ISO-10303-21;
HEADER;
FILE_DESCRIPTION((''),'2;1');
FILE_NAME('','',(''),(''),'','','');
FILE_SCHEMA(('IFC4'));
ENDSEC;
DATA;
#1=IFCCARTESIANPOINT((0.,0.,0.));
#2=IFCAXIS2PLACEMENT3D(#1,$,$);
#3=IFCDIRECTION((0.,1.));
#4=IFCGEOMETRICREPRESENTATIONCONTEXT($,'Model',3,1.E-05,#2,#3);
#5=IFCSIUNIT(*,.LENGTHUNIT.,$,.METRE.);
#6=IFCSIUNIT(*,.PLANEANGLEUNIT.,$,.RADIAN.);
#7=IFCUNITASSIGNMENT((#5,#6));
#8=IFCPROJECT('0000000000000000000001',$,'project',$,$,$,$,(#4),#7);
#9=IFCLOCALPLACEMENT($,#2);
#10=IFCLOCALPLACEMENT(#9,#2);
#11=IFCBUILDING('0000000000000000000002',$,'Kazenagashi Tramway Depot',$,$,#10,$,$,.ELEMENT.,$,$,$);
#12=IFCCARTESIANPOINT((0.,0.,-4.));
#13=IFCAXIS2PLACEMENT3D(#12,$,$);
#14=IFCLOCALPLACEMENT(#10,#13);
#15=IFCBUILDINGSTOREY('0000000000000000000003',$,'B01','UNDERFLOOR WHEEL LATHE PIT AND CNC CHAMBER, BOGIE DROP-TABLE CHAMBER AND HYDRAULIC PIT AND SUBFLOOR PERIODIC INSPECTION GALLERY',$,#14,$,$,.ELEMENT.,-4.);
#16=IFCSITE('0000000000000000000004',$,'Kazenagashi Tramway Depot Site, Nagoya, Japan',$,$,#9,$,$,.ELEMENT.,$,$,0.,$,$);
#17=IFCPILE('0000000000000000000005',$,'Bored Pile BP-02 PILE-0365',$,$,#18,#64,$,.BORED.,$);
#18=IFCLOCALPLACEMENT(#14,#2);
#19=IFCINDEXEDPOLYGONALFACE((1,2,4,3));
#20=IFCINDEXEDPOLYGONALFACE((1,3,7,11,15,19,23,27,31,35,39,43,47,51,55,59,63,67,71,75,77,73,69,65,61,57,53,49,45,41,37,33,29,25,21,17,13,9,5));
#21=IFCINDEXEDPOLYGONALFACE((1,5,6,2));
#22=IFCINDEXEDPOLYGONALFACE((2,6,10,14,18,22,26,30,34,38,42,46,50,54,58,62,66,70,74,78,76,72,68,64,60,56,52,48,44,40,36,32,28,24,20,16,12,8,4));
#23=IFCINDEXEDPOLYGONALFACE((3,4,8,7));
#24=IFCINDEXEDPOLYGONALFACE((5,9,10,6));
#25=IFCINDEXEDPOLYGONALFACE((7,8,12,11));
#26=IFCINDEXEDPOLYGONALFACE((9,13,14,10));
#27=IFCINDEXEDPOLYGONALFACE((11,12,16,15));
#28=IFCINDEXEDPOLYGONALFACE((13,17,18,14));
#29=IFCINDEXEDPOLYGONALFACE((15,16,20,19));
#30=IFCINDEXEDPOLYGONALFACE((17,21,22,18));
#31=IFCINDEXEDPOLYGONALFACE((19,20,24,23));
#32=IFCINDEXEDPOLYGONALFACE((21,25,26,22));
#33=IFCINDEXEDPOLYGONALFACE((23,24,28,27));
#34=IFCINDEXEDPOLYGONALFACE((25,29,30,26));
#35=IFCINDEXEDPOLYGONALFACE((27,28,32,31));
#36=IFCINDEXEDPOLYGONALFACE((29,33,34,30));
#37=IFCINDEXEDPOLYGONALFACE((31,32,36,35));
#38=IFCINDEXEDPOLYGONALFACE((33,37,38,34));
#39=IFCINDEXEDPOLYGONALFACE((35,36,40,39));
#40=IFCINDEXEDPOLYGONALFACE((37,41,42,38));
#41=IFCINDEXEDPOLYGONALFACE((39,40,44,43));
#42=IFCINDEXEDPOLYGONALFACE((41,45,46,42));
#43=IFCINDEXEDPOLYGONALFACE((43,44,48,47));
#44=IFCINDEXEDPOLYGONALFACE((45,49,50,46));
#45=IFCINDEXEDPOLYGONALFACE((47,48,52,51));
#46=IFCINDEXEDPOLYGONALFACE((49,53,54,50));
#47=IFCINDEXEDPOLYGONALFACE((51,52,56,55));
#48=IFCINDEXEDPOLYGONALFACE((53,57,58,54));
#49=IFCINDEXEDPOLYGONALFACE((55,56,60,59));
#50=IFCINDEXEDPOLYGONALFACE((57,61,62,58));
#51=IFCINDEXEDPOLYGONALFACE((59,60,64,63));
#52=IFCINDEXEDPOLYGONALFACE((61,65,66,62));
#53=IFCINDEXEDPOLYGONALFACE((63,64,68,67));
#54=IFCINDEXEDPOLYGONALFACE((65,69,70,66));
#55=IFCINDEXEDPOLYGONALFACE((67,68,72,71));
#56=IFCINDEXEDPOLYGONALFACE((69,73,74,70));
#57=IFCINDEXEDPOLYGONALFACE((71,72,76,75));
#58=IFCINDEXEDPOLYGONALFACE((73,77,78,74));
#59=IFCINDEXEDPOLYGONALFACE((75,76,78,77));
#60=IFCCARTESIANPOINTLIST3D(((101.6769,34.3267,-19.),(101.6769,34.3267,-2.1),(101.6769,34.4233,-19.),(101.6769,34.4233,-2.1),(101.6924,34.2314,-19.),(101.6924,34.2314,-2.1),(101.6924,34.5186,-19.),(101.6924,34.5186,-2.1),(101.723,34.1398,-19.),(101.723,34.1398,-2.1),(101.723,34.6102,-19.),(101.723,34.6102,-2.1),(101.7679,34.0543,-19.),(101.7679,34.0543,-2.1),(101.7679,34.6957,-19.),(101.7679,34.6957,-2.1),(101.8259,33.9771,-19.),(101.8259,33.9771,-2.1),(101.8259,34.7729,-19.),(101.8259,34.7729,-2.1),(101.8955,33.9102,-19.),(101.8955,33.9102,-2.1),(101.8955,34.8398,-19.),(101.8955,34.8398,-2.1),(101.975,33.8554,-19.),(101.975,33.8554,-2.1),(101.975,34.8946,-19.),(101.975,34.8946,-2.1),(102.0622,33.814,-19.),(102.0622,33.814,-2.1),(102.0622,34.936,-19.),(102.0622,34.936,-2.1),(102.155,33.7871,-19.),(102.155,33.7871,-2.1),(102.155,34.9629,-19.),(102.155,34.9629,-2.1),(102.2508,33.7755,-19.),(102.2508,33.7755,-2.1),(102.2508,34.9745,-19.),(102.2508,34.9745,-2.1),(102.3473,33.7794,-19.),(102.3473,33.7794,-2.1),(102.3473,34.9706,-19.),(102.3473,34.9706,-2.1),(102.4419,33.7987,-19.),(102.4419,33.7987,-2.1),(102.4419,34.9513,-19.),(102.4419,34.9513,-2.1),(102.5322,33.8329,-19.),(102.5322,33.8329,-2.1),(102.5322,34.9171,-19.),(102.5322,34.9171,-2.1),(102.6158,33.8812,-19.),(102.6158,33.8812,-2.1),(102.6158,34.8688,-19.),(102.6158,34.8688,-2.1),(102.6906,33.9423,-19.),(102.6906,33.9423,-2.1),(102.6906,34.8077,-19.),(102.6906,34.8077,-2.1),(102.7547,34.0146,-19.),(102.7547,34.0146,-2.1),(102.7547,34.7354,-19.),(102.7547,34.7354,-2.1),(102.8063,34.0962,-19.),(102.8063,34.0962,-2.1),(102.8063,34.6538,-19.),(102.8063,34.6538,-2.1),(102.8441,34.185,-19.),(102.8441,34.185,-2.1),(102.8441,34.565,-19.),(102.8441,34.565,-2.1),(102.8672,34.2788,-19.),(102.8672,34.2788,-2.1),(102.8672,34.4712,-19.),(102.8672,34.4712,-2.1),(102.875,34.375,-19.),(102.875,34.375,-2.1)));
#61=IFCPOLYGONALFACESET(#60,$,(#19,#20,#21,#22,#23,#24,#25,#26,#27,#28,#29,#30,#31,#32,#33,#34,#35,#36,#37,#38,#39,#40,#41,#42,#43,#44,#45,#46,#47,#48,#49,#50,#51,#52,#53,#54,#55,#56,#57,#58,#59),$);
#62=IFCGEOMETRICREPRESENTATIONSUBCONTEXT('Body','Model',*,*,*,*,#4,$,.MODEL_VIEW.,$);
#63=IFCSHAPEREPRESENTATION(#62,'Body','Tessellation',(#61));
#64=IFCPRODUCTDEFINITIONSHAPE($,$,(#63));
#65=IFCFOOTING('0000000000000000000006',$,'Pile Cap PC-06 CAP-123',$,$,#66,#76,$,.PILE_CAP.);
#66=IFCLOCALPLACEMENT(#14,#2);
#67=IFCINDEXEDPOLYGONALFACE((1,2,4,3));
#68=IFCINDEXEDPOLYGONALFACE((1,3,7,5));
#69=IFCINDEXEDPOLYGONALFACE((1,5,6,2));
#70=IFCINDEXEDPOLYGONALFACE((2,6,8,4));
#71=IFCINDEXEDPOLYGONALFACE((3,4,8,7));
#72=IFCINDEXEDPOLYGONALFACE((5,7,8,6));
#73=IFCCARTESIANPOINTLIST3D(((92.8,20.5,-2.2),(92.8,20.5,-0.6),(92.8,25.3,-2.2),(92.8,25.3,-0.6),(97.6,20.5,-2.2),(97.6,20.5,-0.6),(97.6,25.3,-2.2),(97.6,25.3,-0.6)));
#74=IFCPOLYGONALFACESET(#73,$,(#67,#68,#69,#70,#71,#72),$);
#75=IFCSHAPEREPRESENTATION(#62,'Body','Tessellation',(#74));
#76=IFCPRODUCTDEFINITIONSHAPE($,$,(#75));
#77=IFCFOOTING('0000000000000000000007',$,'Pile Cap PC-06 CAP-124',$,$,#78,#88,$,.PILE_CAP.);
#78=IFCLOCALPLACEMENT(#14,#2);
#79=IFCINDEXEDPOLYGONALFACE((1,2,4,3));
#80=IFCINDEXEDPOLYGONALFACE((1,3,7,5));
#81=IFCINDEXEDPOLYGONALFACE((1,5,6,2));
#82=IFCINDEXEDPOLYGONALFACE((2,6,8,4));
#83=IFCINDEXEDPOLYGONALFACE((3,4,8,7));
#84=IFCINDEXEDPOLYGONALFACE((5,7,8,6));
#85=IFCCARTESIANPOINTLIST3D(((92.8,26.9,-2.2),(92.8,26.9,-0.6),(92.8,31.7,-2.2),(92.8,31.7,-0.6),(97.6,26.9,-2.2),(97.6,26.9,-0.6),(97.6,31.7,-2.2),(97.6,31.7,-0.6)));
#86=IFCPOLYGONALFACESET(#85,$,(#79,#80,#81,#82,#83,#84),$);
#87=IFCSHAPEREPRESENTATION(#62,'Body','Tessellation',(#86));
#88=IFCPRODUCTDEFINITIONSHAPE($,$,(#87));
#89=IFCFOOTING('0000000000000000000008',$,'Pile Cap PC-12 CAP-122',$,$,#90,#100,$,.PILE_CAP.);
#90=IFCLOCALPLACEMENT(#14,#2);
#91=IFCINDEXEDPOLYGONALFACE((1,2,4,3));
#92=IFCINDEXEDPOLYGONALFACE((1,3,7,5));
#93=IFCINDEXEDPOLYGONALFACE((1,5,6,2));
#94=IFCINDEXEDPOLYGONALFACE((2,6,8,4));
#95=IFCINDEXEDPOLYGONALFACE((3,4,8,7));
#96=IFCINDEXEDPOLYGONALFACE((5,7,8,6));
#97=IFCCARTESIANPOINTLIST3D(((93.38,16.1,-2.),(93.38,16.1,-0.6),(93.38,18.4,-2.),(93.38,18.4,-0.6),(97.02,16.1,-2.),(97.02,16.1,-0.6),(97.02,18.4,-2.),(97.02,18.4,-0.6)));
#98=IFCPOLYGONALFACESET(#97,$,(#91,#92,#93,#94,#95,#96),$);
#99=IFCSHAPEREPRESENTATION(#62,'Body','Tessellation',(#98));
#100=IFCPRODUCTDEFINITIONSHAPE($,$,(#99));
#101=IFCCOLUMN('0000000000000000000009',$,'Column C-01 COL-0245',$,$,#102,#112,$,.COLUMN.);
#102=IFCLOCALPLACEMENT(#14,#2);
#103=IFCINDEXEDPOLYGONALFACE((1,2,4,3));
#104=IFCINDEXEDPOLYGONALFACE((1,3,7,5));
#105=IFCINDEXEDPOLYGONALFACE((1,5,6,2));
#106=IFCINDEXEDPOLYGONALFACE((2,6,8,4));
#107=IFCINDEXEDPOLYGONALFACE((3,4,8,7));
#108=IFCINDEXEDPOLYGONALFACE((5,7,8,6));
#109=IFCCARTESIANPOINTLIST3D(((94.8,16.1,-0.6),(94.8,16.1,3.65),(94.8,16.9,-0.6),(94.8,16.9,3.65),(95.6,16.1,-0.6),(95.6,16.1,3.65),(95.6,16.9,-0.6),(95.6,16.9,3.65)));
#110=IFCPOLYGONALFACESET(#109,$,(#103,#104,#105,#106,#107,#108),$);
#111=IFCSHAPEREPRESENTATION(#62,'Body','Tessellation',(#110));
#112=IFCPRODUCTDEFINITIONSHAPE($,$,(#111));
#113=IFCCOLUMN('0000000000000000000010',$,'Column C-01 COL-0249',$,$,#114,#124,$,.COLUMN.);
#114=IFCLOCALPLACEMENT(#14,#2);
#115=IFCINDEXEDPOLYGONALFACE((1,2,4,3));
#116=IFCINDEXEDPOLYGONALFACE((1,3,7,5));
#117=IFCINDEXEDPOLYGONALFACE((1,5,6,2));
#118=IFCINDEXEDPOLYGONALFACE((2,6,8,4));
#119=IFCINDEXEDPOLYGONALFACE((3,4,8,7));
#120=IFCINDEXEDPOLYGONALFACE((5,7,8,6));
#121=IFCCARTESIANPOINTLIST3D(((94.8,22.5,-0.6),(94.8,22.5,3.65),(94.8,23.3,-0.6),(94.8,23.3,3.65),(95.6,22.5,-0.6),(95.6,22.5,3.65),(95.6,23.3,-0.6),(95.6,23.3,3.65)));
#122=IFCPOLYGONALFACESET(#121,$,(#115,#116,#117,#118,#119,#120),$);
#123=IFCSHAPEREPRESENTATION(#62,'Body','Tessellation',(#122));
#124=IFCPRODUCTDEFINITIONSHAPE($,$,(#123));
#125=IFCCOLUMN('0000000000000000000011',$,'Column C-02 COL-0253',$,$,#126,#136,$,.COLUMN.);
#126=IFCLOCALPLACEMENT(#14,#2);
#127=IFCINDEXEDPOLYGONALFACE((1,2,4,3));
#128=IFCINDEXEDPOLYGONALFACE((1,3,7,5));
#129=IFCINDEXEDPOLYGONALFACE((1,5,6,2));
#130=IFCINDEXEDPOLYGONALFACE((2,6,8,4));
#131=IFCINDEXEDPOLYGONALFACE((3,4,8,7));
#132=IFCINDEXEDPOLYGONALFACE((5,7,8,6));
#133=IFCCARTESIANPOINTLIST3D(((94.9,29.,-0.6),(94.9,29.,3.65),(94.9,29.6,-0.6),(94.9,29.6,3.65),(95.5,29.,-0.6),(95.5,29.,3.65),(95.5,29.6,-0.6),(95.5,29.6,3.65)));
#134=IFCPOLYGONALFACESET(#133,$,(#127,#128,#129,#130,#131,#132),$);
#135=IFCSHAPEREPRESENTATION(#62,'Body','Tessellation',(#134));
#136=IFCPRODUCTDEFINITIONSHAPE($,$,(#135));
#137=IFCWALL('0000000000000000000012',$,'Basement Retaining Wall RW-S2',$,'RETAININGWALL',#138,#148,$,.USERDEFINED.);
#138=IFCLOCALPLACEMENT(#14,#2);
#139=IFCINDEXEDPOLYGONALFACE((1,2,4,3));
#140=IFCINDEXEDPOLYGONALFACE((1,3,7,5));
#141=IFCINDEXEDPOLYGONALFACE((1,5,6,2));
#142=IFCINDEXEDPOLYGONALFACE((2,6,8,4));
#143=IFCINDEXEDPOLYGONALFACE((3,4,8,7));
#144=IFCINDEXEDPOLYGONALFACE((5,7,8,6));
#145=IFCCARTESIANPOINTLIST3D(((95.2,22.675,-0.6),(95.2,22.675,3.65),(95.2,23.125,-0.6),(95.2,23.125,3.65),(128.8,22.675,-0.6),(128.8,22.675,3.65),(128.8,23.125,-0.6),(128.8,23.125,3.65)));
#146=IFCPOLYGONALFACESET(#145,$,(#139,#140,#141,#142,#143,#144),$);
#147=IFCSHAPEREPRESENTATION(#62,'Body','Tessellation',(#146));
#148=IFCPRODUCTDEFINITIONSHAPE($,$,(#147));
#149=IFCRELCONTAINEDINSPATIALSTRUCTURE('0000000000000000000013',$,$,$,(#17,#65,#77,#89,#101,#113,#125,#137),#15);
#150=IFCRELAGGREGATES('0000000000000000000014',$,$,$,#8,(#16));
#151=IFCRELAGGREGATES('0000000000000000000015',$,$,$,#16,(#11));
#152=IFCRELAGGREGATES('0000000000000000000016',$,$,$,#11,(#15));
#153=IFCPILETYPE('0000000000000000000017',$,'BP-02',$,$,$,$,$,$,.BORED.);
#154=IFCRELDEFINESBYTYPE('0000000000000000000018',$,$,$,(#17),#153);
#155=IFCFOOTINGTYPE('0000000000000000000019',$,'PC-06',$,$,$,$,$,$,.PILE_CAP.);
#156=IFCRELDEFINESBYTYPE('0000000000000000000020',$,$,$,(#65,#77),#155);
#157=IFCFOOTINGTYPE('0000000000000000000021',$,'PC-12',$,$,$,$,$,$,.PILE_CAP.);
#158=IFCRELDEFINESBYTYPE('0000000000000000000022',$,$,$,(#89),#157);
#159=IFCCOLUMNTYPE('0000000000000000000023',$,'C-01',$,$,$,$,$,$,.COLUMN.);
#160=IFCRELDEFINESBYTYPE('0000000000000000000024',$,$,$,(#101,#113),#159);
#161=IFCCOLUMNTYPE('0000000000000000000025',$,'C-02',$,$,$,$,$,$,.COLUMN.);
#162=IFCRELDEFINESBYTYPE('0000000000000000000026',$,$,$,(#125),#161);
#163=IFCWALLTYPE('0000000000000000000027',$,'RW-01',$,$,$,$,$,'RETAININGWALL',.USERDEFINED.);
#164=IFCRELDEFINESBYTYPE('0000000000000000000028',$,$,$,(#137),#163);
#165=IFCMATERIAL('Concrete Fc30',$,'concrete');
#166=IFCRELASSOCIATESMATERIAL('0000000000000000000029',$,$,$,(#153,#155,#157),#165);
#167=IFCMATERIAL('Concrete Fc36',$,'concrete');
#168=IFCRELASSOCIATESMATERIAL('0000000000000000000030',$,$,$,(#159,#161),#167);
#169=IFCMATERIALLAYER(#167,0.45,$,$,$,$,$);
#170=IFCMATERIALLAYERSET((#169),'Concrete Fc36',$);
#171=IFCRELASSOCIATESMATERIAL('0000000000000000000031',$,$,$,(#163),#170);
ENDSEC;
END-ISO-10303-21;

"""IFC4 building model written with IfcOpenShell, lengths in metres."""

from ifc_helpers import new_model, si_unit, direction, frame, frame_2d, origin, origin_2d, place, context, subcontext, project, spatial, rectangle, circle, extrude, material, layer, layer_set, material_profile, profile_set, type_object, element, save


model = new_model("IFC4")

# Units and contexts
model_context = context("Model", 3, precision=1e-05, world=origin(), true_north=direction((0.0, 1.0)))
body_context = subcontext(model_context, "Body", "Model", "MODEL_VIEW")
ifc_project = project(units=[si_unit("LENGTHUNIT", "METRE"), si_unit("PLANEANGLEUNIT", "RADIAN")], contexts=[model_context])

# Site, building, storey
site_placement = place(None, origin())
site = spatial("IfcSite", under=ifc_project, at=site_placement, Name="Kazenagashi Tramway Depot Site, Nagoya, Japan", CompositionType="ELEMENT", RefElevation=0.0)
building_placement = place(site_placement, origin())
building = spatial("IfcBuilding", under=site, at=building_placement, Name="Kazenagashi Tramway Depot", CompositionType="ELEMENT")
storey_placement = place(building_placement, frame((0.0, 0.0, -4.0)))
storey = spatial("IfcBuildingStorey", under=building, at=storey_placement, Name="B01", Description="UNDERFLOOR WHEEL LATHE PIT AND CNC CHAMBER, BOGIE DROP-TABLE CHAMBER AND HYDRAULIC PIT AND SUBFLOOR PERIODIC INSPECTION GALLERY", CompositionType="ELEMENT", Elevation=-4.0)

# Pile
ifc_material_1 = material(Name="Concrete Fc30", Category="concrete")
ifc_material_profile_1 = material_profile(ifc_material_1, circle(Radius=0.6, at=origin_2d()), Name="PILE-1200")
ifc_profile_set_1 = profile_set([ifc_material_profile_1], Name="Concrete Fc30")
pile_type_1 = type_object("IfcPileType", Name="BP-02", PredefinedType="BORED", material=ifc_profile_set_1)
for number, where, z_axis, x_axis, name in (
    (1, (102.275, 34.375, -2.1), (0.0, 0.0, -1.0), (1.0, 0.0, 0.0), "Bored Pile BP-02 PILE-0365"),
):
    element("IfcPile", number, at=place(storey_placement, frame(where, z_axis=z_axis, x_axis=x_axis)), inside=storey, type_object=pile_type_1, Name=name, PredefinedType="BORED", context=body_context, shape_type="SweptSolid", body=[
        extrude(circle(Radius=0.6, at=origin_2d()), origin(), (0.0, 0.0, 1.0), 16.9),
    ])

# Footings
footing_type_1 = type_object("IfcFootingType", Name="PC-06", PredefinedType="PILE_CAP", material=ifc_material_1)
for number, where, z_axis, x_axis, name in (
    (2, (95.2, 22.9, -2.2), (0.0, 0.0, 1.0), (1.0, 0.0, 0.0), "Pile Cap PC-06 CAP-123"),
    (3, (95.2, 29.3, -2.2), (0.0, 0.0, 1.0), (1.0, 0.0, 0.0), "Pile Cap PC-06 CAP-124"),
):
    element("IfcFooting", number, at=place(storey_placement, frame(where, z_axis=z_axis, x_axis=x_axis)), inside=storey, type_object=footing_type_1, Name=name, PredefinedType="PILE_CAP", context=body_context, shape_type="SweptSolid", body=[
        extrude(rectangle(XDim=4.8, YDim=4.8, at=origin_2d()), origin(), (0.0, 0.0, 1.0), 1.6),
    ])
footing_type_2 = type_object("IfcFootingType", Name="PC-12", PredefinedType="PILE_CAP", material=ifc_material_1)
footing_placement = place(storey_placement, frame((95.2, 17.25, -2.0), z_axis=(0.0, 0.0, 1.0), x_axis=(1.0, 0.0, 0.0)))
element("IfcFooting", 4, at=footing_placement, inside=storey, type_object=footing_type_2, Name="Pile Cap PC-12 CAP-122", PredefinedType="PILE_CAP", context=body_context, shape_type="SweptSolid", body=[
    extrude(rectangle(XDim=3.64, YDim=2.3, at=origin_2d()), origin(), (0.0, 0.0, 1.0), 1.4),
])

# Columns
ifc_material_2 = material(Name="Concrete Fc36", Category="concrete")
ifc_material_profile_2 = material_profile(ifc_material_2, rectangle(XDim=0.8, YDim=0.8, at=origin_2d()), Name="RC-800x800")
ifc_profile_set_2 = profile_set([ifc_material_profile_2], Name="Concrete Fc36")
column_type_1 = type_object("IfcColumnType", Name="C-01", PredefinedType="COLUMN", material=ifc_profile_set_2)
for number, where, z_axis, x_axis, name in (
    (5, (95.2, 16.5, -0.6), (0.0, 0.0, 1.0), (1.0, 0.0, 0.0), "Column C-01 COL-0245"),
    (6, (95.2, 22.9, -0.6), (0.0, 0.0, 1.0), (1.0, 0.0, 0.0), "Column C-01 COL-0249"),
):
    element("IfcColumn", number, at=place(storey_placement, frame(where, z_axis=z_axis, x_axis=x_axis)), inside=storey, type_object=column_type_1, Name=name, PredefinedType="COLUMN", context=body_context, shape_type="SweptSolid", body=[
        extrude(rectangle(XDim=0.8, YDim=0.8, at=origin_2d()), origin(), (0.0, 0.0, 1.0), 4.25),
    ])
ifc_material_profile_3 = material_profile(ifc_material_2, rectangle(XDim=0.6, YDim=0.6, at=origin_2d()), Name="RC-600x600")
ifc_profile_set_3 = profile_set([ifc_material_profile_3], Name="Concrete Fc36")
column_type_2 = type_object("IfcColumnType", Name="C-02", PredefinedType="COLUMN", material=ifc_profile_set_3)
column_placement = place(storey_placement, frame((95.2, 29.3, -0.6), z_axis=(0.0, 0.0, 1.0), x_axis=(1.0, 0.0, 0.0)))
element("IfcColumn", 7, at=column_placement, inside=storey, type_object=column_type_2, Name="Column C-02 COL-0253", PredefinedType="COLUMN", context=body_context, shape_type="SweptSolid", body=[
    extrude(rectangle(XDim=0.6, YDim=0.6, at=origin_2d()), origin(), (0.0, 0.0, 1.0), 4.25),
])

# Wall
ifc_layer = layer(ifc_material_2, 0.45)
ifc_layer_set = layer_set([ifc_layer], Name="Concrete Fc36")
wall_type = type_object("IfcWallType", Name="RW-01", ElementType="RETAININGWALL", PredefinedType="USERDEFINED", material=ifc_layer_set)
wall_placement = place(storey_placement, frame((95.2, 22.9, -0.6), z_axis=(0.0, 0.0, 1.0), x_axis=(1.0, 0.0, 0.0)))
element("IfcWall", 8, at=wall_placement, inside=storey, type_object=wall_type, Name="Basement Retaining Wall RW-S2", ObjectType="RETAININGWALL", PredefinedType="USERDEFINED", context=body_context, shape_type="SweptSolid", body=[
    extrude(rectangle(XDim=33.6, YDim=0.45, at=frame_2d((16.8, 0.0))), origin(), (0.0, 0.0, 1.0), 4.25),
])

save(model, "model.ifc")
